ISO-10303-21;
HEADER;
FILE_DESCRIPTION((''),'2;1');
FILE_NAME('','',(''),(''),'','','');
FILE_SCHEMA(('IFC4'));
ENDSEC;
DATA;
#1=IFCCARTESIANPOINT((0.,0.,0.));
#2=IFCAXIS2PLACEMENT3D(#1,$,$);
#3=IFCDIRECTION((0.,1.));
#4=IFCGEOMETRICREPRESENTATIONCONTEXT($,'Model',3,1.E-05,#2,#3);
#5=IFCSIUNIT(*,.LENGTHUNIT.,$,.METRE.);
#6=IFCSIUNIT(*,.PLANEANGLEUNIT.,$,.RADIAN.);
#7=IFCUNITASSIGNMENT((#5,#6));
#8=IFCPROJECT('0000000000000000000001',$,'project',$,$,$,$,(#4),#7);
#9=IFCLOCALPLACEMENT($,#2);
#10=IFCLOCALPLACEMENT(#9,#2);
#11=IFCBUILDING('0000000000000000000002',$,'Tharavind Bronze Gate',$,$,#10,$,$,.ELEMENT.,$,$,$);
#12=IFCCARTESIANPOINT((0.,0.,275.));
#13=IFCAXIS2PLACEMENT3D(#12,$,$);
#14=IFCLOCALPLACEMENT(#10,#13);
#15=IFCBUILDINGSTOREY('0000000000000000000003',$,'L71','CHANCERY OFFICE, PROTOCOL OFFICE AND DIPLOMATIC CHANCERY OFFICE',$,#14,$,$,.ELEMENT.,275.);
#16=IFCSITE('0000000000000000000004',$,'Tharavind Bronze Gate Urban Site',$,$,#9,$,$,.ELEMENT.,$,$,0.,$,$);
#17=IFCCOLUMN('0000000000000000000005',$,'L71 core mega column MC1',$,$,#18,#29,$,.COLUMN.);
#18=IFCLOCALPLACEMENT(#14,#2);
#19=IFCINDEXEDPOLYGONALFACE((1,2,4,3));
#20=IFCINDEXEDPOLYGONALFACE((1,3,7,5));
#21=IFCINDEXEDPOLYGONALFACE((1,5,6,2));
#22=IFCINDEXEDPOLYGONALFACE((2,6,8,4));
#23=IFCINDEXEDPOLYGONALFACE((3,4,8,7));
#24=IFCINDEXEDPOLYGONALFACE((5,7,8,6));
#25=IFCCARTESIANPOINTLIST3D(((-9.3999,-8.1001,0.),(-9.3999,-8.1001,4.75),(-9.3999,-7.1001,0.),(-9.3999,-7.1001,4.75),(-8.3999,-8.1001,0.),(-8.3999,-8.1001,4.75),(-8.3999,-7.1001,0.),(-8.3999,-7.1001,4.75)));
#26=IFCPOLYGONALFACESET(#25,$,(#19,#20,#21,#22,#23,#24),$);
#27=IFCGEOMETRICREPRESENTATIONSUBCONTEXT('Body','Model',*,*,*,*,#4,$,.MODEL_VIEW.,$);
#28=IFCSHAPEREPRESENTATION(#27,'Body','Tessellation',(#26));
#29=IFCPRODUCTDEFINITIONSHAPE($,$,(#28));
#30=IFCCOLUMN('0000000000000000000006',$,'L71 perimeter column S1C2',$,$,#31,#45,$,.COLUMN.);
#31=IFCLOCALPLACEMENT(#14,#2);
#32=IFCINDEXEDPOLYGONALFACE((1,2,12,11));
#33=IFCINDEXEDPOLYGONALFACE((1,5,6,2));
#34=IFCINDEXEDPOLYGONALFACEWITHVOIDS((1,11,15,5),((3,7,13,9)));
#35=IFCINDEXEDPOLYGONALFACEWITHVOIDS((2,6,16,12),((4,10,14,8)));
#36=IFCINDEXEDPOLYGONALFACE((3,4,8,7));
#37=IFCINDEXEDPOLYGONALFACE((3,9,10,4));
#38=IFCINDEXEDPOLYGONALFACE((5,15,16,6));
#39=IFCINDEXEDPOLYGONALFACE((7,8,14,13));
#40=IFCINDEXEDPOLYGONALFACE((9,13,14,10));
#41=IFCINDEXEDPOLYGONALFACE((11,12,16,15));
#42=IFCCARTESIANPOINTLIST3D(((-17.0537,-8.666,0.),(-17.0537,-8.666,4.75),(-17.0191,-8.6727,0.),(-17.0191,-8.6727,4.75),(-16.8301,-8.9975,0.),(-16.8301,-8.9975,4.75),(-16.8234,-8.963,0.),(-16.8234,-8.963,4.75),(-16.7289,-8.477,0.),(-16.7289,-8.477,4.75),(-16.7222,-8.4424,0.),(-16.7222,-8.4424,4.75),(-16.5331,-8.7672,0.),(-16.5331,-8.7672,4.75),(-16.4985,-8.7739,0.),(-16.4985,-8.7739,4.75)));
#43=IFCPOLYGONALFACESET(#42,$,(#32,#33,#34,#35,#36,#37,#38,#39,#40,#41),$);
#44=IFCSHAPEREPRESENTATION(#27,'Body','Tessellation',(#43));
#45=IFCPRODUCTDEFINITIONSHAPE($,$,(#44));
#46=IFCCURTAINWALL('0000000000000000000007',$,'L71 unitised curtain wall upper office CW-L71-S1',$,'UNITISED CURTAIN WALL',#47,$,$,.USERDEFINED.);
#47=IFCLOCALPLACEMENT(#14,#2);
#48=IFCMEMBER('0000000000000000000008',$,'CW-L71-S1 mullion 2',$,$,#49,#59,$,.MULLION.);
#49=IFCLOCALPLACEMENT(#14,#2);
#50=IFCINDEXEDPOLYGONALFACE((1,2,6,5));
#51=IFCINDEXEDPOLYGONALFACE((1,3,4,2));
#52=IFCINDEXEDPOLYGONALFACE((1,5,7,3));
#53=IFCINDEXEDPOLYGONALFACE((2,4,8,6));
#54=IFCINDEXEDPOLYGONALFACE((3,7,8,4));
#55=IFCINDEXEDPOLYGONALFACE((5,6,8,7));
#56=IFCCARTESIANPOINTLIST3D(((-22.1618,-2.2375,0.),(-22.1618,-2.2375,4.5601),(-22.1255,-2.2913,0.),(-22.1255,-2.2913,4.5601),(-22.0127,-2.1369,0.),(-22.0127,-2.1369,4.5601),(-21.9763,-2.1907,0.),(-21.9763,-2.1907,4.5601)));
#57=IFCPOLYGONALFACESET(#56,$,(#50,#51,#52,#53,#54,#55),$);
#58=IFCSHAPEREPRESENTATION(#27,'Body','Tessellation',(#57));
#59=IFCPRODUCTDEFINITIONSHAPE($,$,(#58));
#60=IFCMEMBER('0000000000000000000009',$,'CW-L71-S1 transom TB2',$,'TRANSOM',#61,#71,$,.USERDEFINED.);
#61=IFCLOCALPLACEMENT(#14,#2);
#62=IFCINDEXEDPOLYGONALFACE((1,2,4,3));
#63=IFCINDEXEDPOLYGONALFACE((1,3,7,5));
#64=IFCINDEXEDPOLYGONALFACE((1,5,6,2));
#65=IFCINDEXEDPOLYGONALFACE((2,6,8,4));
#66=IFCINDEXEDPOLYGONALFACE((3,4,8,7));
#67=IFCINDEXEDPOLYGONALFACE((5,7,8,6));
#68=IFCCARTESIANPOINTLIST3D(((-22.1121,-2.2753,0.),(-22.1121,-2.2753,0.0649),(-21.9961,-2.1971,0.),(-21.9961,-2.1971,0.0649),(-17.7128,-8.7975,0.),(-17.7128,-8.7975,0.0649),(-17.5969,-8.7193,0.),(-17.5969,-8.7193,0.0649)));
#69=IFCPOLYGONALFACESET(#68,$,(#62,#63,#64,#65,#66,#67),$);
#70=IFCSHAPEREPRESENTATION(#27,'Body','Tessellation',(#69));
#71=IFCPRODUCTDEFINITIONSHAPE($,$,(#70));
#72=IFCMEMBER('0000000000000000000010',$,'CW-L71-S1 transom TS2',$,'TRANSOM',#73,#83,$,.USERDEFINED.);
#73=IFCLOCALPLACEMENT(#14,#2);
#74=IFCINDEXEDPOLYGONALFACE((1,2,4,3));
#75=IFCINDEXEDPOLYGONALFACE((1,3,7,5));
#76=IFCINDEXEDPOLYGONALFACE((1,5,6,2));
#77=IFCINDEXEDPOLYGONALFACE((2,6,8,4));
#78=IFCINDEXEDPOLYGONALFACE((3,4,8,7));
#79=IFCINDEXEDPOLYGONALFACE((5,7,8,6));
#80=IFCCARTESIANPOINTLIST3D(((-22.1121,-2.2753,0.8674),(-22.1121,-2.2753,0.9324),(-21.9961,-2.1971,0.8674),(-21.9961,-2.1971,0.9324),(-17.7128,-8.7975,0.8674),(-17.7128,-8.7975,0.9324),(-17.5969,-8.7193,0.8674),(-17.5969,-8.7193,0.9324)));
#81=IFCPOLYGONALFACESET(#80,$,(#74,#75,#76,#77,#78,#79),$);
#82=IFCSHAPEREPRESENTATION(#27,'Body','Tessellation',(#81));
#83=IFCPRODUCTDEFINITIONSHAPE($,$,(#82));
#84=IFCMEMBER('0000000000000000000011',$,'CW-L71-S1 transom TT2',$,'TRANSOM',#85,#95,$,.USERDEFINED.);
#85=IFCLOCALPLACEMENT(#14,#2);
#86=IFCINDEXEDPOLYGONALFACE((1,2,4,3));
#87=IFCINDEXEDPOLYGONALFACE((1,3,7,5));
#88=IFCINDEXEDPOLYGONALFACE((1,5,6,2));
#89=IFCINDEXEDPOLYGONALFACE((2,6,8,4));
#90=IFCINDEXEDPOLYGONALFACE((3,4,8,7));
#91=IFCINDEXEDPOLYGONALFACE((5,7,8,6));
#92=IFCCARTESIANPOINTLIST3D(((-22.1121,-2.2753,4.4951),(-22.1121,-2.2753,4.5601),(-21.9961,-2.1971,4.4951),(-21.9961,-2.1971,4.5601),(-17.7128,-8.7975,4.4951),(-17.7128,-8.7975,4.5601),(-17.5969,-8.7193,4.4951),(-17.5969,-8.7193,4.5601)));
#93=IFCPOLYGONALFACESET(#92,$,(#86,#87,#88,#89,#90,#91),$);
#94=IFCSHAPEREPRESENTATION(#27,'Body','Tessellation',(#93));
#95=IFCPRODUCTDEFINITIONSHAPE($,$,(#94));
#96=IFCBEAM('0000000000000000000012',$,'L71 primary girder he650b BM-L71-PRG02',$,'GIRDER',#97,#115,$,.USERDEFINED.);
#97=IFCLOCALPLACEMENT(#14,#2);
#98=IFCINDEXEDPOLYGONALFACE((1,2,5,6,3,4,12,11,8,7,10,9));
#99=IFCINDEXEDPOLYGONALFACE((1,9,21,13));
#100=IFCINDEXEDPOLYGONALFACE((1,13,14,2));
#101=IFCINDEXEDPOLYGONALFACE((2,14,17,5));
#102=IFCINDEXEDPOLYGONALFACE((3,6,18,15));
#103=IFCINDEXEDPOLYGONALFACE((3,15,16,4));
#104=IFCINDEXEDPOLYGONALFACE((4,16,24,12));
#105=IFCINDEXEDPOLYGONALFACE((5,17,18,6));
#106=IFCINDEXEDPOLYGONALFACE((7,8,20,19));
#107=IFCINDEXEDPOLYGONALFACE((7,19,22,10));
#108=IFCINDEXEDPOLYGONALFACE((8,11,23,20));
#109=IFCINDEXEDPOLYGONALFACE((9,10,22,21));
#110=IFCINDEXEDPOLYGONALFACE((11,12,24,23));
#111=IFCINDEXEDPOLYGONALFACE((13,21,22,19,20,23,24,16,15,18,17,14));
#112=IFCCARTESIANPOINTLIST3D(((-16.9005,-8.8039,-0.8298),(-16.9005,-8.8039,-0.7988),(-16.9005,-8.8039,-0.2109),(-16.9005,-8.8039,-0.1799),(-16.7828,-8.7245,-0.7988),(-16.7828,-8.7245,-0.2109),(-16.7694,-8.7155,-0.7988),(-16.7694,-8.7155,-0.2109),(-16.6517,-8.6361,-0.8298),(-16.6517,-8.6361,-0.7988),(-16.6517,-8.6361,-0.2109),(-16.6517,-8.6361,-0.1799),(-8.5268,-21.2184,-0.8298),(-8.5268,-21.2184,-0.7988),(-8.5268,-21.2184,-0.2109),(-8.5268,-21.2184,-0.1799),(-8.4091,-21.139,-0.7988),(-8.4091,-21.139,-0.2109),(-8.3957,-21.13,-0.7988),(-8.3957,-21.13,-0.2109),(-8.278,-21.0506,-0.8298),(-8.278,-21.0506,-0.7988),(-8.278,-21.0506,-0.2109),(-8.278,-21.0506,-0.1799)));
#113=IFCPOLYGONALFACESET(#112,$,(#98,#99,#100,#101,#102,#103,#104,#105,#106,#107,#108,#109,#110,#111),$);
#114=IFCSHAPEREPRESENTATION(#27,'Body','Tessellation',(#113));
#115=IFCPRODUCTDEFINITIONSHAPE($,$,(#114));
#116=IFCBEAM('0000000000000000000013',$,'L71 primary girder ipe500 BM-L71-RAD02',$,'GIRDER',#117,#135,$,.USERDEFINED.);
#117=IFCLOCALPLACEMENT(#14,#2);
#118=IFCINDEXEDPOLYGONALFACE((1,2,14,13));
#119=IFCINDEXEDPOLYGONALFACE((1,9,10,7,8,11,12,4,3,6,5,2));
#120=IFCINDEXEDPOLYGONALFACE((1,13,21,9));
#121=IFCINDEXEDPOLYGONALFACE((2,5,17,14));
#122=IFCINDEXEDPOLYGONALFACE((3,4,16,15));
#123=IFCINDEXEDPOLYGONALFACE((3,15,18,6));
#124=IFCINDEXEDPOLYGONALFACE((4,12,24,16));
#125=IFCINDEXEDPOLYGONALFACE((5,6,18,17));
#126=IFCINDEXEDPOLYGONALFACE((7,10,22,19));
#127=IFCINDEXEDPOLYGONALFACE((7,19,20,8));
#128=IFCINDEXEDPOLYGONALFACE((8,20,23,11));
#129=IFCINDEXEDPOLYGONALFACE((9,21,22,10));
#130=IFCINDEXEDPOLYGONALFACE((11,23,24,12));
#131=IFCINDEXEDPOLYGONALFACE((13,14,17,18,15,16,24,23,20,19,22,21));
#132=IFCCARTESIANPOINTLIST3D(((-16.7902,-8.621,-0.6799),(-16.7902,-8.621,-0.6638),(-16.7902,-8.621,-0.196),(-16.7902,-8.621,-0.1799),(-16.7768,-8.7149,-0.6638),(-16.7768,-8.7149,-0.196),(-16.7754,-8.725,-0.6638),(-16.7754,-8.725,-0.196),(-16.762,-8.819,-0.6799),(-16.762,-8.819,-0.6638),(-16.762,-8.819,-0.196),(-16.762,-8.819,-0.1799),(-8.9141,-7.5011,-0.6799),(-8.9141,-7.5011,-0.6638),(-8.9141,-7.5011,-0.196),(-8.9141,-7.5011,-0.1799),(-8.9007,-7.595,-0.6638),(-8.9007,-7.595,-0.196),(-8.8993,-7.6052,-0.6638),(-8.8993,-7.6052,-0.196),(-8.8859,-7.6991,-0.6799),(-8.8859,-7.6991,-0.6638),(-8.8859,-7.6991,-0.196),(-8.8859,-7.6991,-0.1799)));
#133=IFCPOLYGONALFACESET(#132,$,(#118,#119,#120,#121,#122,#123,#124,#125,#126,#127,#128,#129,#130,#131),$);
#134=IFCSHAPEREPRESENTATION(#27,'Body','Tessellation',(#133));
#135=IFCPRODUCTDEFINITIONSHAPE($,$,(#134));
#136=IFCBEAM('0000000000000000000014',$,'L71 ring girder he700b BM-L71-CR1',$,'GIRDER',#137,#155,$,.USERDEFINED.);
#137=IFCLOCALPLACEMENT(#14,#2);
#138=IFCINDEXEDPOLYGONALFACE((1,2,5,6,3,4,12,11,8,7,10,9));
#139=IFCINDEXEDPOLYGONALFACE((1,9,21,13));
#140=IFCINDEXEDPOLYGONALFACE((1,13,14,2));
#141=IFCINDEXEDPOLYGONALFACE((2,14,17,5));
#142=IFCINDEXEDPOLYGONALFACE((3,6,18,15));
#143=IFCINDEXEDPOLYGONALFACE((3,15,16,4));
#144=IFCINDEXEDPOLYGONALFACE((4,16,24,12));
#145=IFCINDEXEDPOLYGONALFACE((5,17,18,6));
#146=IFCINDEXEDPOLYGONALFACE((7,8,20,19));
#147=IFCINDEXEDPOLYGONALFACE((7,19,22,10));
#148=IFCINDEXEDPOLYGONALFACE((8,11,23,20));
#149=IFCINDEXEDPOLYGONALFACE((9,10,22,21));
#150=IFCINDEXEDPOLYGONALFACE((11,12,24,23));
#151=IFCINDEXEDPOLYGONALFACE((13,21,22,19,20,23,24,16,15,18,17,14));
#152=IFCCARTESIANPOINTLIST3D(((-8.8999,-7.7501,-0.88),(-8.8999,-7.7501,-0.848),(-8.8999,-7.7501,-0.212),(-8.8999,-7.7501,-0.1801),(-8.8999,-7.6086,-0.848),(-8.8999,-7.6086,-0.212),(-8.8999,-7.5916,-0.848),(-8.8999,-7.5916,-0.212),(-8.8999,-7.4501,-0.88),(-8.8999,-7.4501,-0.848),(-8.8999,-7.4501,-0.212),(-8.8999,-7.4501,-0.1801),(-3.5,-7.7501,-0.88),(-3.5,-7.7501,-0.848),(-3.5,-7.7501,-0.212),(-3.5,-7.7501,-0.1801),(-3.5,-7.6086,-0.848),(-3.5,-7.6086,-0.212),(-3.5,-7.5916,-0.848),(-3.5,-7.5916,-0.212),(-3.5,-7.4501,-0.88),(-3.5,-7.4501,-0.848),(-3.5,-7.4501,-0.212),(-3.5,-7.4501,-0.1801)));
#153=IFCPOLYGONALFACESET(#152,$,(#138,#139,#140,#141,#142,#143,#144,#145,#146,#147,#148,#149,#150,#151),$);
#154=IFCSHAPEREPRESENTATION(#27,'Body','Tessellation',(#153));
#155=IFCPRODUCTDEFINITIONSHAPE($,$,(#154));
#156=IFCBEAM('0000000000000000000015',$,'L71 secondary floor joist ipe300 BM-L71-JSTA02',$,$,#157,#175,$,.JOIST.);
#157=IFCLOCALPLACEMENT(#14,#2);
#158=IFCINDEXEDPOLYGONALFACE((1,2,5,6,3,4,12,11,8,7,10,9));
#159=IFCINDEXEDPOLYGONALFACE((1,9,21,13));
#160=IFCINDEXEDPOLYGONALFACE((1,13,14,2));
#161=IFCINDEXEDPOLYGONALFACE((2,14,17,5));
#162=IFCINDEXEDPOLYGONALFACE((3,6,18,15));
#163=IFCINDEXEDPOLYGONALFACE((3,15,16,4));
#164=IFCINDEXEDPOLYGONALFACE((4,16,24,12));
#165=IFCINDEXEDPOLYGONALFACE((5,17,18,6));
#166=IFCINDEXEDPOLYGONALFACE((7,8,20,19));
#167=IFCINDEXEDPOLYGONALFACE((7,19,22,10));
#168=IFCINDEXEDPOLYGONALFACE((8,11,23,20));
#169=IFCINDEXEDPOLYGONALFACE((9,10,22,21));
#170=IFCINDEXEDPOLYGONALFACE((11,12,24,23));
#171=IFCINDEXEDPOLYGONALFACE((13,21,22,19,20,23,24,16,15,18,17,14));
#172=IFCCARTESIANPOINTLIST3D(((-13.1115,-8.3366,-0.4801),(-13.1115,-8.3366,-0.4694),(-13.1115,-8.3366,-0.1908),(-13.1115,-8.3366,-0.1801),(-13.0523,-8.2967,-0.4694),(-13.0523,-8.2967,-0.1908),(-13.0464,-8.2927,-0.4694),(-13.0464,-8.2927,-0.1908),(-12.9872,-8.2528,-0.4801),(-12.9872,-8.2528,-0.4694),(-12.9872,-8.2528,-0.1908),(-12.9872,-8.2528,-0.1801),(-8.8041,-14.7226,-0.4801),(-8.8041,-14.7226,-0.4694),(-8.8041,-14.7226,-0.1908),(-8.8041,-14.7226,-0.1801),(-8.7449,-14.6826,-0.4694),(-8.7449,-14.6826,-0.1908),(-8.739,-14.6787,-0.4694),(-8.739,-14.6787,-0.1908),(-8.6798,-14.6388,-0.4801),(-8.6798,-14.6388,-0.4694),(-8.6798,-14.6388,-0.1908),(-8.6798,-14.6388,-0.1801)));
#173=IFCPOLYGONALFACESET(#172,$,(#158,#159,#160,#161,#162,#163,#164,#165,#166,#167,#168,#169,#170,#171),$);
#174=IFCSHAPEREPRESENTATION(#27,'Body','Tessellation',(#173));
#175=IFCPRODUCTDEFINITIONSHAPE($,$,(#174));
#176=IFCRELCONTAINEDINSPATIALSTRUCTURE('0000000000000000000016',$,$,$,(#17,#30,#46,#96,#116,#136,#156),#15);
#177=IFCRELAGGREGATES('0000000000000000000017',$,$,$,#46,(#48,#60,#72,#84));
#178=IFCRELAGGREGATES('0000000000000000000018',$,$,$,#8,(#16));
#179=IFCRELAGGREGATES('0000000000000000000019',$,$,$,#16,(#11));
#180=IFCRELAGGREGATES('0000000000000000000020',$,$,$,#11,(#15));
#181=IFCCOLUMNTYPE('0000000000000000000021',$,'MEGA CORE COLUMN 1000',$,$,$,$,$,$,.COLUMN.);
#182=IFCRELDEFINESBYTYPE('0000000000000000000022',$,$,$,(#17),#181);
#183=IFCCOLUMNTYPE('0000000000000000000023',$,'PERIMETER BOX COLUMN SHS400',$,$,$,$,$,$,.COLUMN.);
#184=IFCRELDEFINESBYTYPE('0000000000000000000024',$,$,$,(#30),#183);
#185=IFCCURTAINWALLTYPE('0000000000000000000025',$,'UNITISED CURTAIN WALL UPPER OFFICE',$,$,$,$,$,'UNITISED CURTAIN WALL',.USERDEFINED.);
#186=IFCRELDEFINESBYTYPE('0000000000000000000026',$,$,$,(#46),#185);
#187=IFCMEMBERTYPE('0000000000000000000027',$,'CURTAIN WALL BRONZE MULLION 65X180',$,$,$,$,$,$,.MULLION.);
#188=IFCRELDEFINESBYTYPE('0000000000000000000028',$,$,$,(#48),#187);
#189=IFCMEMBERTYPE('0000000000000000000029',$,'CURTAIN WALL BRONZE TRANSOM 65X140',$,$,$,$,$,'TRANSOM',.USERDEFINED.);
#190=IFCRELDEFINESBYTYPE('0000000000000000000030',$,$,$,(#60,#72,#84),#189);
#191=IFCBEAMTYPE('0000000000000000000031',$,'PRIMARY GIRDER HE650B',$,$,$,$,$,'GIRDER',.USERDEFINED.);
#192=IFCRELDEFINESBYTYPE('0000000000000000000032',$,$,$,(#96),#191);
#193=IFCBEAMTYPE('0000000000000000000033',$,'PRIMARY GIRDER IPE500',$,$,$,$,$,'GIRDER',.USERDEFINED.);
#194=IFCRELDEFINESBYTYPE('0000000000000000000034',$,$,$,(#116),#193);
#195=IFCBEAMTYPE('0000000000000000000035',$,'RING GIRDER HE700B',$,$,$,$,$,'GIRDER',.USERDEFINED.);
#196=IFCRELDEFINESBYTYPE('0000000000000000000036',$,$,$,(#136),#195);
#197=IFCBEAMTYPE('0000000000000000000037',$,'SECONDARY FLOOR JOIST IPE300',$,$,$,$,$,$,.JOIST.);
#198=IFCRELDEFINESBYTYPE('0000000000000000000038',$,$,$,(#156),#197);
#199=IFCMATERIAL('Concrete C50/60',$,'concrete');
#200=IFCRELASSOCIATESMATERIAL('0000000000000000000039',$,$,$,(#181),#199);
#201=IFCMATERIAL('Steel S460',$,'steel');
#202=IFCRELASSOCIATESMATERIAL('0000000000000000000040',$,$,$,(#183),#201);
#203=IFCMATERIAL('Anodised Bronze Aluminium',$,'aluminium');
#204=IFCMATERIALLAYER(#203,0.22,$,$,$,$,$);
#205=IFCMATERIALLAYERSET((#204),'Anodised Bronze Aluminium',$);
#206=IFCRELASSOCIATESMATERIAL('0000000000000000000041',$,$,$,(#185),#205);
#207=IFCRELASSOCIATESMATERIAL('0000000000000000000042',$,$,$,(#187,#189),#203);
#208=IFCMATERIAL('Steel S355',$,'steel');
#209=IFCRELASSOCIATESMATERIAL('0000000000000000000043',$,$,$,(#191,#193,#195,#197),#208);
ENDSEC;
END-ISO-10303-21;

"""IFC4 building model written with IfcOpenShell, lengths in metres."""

from ifc_helpers import new_model, si_unit, direction, frame, origin, origin_2d, place, context, subcontext, project, spatial, rectangle, hollow_rectangle, i_section, extrude, material, layer, layer_set, material_profile, profile_set, type_object, element, aggregate, save


model = new_model("IFC4")

# Units and contexts
model_context = context("Model", 3, precision=1e-05, world=origin(), true_north=direction((0.0, 1.0)))
body_context = subcontext(model_context, "Body", "Model", "MODEL_VIEW")
ifc_project = project(units=[si_unit("LENGTHUNIT", "METRE"), si_unit("PLANEANGLEUNIT", "RADIAN")], contexts=[model_context])

# Site, building, storey
site_placement = place(None, origin())
site = spatial("IfcSite", under=ifc_project, at=site_placement, Name="Tharavind Bronze Gate Urban Site", CompositionType="ELEMENT", RefElevation=0.0)
building_placement = place(site_placement, origin())
building = spatial("IfcBuilding", under=site, at=building_placement, Name="Tharavind Bronze Gate", CompositionType="ELEMENT")
storey_placement = place(building_placement, frame((0.0, 0.0, 275.0)))
storey = spatial("IfcBuildingStorey", under=building, at=storey_placement, Name="L71", Description="CHANCERY OFFICE, PROTOCOL OFFICE AND DIPLOMATIC CHANCERY OFFICE", CompositionType="ELEMENT", Elevation=275.0)

# Columns
ifc_material_1 = material(Name="Concrete C50/60", Category="concrete")
ifc_material_profile_1 = material_profile(ifc_material_1, rectangle(XDim=1.0, YDim=1.0, at=origin_2d()), Name="RCCOL1000")
ifc_profile_set_1 = profile_set([ifc_material_profile_1], Name="Concrete C50/60")
column_type_1 = type_object("IfcColumnType", Name="MEGA CORE COLUMN 1000", PredefinedType="COLUMN", material=ifc_profile_set_1)
column_1_placement = place(storey_placement, frame((-8.8999, -7.6001, 0.0), z_axis=(0.0, 0.0, 1.0), x_axis=(1.0, 0.0, 0.0)))
element("IfcColumn", 1, at=column_1_placement, inside=storey, type_object=column_type_1, Name="L71 core mega column MC1", PredefinedType="COLUMN", context=body_context, shape_type="SweptSolid", body=[
    extrude(rectangle(XDim=1.0, YDim=1.0, at=origin_2d()), origin(), (0.0, 0.0, 1.0), 4.75),
])
ifc_material_2 = material(Name="Steel S460", Category="steel")
ifc_material_profile_2 = material_profile(ifc_material_2, hollow_rectangle(XDim=0.3999, YDim=0.3999, WallThickness=0.0249, at=origin_2d()), Name="SHS400X25")
ifc_profile_set_2 = profile_set([ifc_material_profile_2], Name="Steel S460")
column_type_2 = type_object("IfcColumnType", Name="PERIMETER BOX COLUMN SHS400", PredefinedType="COLUMN", material=ifc_profile_set_2)
column_2_placement = place(storey_placement, frame((-16.7761, -8.72, 0.0), z_axis=(0.0, 0.0, 1.0), x_axis=(-0.559193, 0.829038, 0.0)))
element("IfcColumn", 2, at=column_2_placement, inside=storey, type_object=column_type_2, Name="L71 perimeter column S1C2", PredefinedType="COLUMN", context=body_context, shape_type="SweptSolid", body=[
    extrude(hollow_rectangle(XDim=0.3999, YDim=0.3999, WallThickness=0.0249, at=origin_2d()), origin(), (0.0, 0.0, 1.0), 4.75),
])

# Curtain wall, members
ifc_material_3 = material(Name="Anodised Bronze Aluminium", Category="aluminium")
ifc_layer_1 = layer(ifc_material_3, 0.22)
ifc_layer_set_1 = layer_set([ifc_layer_1], Name="Anodised Bronze Aluminium")
curtain_wall_type = type_object("IfcCurtainWallType", Name="UNITISED CURTAIN WALL UPPER OFFICE", ElementType="UNITISED CURTAIN WALL", PredefinedType="USERDEFINED", material=ifc_layer_set_1)
curtain_wall_placement = place(storey_placement, origin())
curtain_wall = element("IfcCurtainWall", 3, at=curtain_wall_placement, inside=storey, type_object=curtain_wall_type, Name="L71 unitised curtain wall upper office CW-L71-S1", ObjectType="UNITISED CURTAIN WALL", PredefinedType="USERDEFINED")
member_type_1 = type_object("IfcMemberType", Name="CURTAIN WALL BRONZE MULLION 65X180", PredefinedType="MULLION", material=ifc_material_3)
member_1_placement = place(storey_placement, frame((-22.0691, -2.2141, 0.0), z_axis=(0.0, 0.0, 1.0), x_axis=(0.559191, -0.829039, 0.0)))
member_1 = element("IfcMember", 4, at=member_1_placement, type_object=member_type_1, Name="CW-L71-S1 mullion 2", PredefinedType="MULLION", context=body_context, shape_type="SweptSolid", body=[
    extrude(rectangle(XDim=0.0649, YDim=0.1799, at=origin_2d()), origin(), (0.0, 0.0, 1.0), 4.5601),
])
member_type_2 = type_object("IfcMemberType", Name="CURTAIN WALL BRONZE TRANSOM 65X140", ElementType="TRANSOM", PredefinedType="USERDEFINED", material=ifc_material_3)
member_2_placement = place(storey_placement, frame((-19.8545, -5.4973, 0.0), z_axis=(0.0, 0.0, 1.0), x_axis=(0.559191, -0.829039, 0.0)))
member_2 = element("IfcMember", 5, at=member_2_placement, type_object=member_type_2, Name="CW-L71-S1 transom TB2", ObjectType="TRANSOM", PredefinedType="USERDEFINED", context=body_context, shape_type="SweptSolid", body=[
    extrude(rectangle(XDim=7.8672, YDim=0.1399, at=origin_2d()), origin(), (0.0, 0.0, 1.0), 0.0649),
])
member_3_placement = place(storey_placement, frame((-19.8545, -5.4973, 0.8674), z_axis=(0.0, 0.0, 1.0), x_axis=(0.559191, -0.829039, 0.0)))
member_3 = element("IfcMember", 6, at=member_3_placement, type_object=member_type_2, Name="CW-L71-S1 transom TS2", ObjectType="TRANSOM", PredefinedType="USERDEFINED", context=body_context, shape_type="SweptSolid", body=[
    extrude(rectangle(XDim=7.8672, YDim=0.1399, at=origin_2d()), origin(), (0.0, 0.0, 1.0), 0.0649),
])
member_4_placement = place(storey_placement, frame((-19.8545, -5.4973, 4.4951), z_axis=(0.0, 0.0, 1.0), x_axis=(0.559191, -0.829039, 0.0)))
member_4 = element("IfcMember", 7, at=member_4_placement, type_object=member_type_2, Name="CW-L71-S1 transom TT2", ObjectType="TRANSOM", PredefinedType="USERDEFINED", context=body_context, shape_type="SweptSolid", body=[
    extrude(rectangle(XDim=7.8672, YDim=0.1399, at=origin_2d()), origin(), (0.0, 0.0, 1.0), 0.0649),
])

# Beams
ifc_material_4 = material(Name="Steel S355", Category="steel")
ifc_material_profile_3 = material_profile(ifc_material_4, i_section(OverallWidth=0.3, OverallDepth=0.6499, WebThickness=0.0161, FlangeThickness=0.031, at=origin_2d()), Name="HE650B")
ifc_profile_set_3 = profile_set([ifc_material_profile_3], Name="Steel S355")
beam_type_1 = type_object("IfcBeamType", Name="PRIMARY GIRDER HE650B", ElementType="GIRDER", PredefinedType="USERDEFINED", material=ifc_profile_set_3)
beam_1_placement = place(storey_placement, frame((-16.7761, -8.72, -0.5049), z_axis=(0.559196, -0.829036, 0.0), x_axis=(0.829036, 0.559196, 0.0)))
element("IfcBeam", 8, at=beam_1_placement, inside=storey, type_object=beam_type_1, Name="L71 primary girder he650b BM-L71-PRG02", ObjectType="GIRDER", PredefinedType="USERDEFINED", context=body_context, shape_type="SweptSolid", body=[
    extrude(i_section(OverallWidth=0.3, OverallDepth=0.6499, WebThickness=0.0161, FlangeThickness=0.031, at=origin_2d()), origin(), (0.0, 0.0, 1.0), 14.9746),
])
ifc_material_profile_4 = material_profile(ifc_material_4, i_section(OverallWidth=0.2, OverallDepth=0.5, WebThickness=0.0103, FlangeThickness=0.0161, at=origin_2d()), Name="IPE500")
ifc_profile_set_4 = profile_set([ifc_material_profile_4], Name="Steel S355")
beam_type_2 = type_object("IfcBeamType", Name="PRIMARY GIRDER IPE500", ElementType="GIRDER", PredefinedType="USERDEFINED", material=ifc_profile_set_4)
beam_2_placement = place(storey_placement, frame((-16.7761, -8.72, -0.4299), z_axis=(0.990043, 0.140768, 0.0), x_axis=(-0.140768, 0.990043, 0.0)))
element("IfcBeam", 9, at=beam_2_placement, inside=storey, type_object=beam_type_2, Name="L71 primary girder ipe500 BM-L71-RAD02", ObjectType="GIRDER", PredefinedType="USERDEFINED", context=body_context, shape_type="SweptSolid", body=[
    extrude(i_section(OverallWidth=0.2, OverallDepth=0.5, WebThickness=0.0103, FlangeThickness=0.0161, at=origin_2d()), origin(), (0.0, 0.0, 1.0), 7.9553),
])
ifc_material_profile_5 = material_profile(ifc_material_4, i_section(OverallWidth=0.3, OverallDepth=0.7, WebThickness=0.0171, FlangeThickness=0.032, at=origin_2d()), Name="HE700B")
ifc_profile_set_5 = profile_set([ifc_material_profile_5], Name="Steel S355")
beam_type_3 = type_object("IfcBeamType", Name="RING GIRDER HE700B", ElementType="GIRDER", PredefinedType="USERDEFINED", material=ifc_profile_set_5)
beam_3_placement = place(storey_placement, frame((-8.8999, -7.6001, -0.53), z_axis=(1.0, 0.0, 0.0), x_axis=(0.0, 1.0, 0.0)))
element("IfcBeam", 10, at=beam_3_placement, inside=storey, type_object=beam_type_3, Name="L71 ring girder he700b BM-L71-CR1", ObjectType="GIRDER", PredefinedType="USERDEFINED", context=body_context, shape_type="SweptSolid", body=[
    extrude(i_section(OverallWidth=0.3, OverallDepth=0.7, WebThickness=0.0171, FlangeThickness=0.032, at=origin_2d()), origin(), (0.0, 0.0, 1.0), 5.3999),
])
ifc_material_profile_6 = material_profile(ifc_material_4, i_section(OverallWidth=0.1499, OverallDepth=0.3, WebThickness=0.0071, FlangeThickness=0.0107, at=origin_2d()), Name="IPE300")
ifc_profile_set_6 = profile_set([ifc_material_profile_6], Name="Steel S355")
beam_type_4 = type_object("IfcBeamType", Name="SECONDARY FLOOR JOIST IPE300", PredefinedType="JOIST", material=ifc_profile_set_6)
beam_4_placement = place(storey_placement, frame((-13.0493, -8.2947, -0.3301), z_axis=(0.55919, -0.829039, 0.0), x_axis=(0.829039, 0.55919, 0.0)))
element("IfcBeam", 11, at=beam_4_placement, inside=storey, type_object=beam_type_4, Name="L71 secondary floor joist ipe300 BM-L71-JSTA02", PredefinedType="JOIST", context=body_context, shape_type="SweptSolid", body=[
    extrude(i_section(OverallWidth=0.1499, OverallDepth=0.3, WebThickness=0.0071, FlangeThickness=0.0107, at=origin_2d()), origin(), (0.0, 0.0, 1.0), 7.7029),
])

aggregate(curtain_wall, [member_1, member_2, member_3, member_4])

save(model, "model.ifc")
